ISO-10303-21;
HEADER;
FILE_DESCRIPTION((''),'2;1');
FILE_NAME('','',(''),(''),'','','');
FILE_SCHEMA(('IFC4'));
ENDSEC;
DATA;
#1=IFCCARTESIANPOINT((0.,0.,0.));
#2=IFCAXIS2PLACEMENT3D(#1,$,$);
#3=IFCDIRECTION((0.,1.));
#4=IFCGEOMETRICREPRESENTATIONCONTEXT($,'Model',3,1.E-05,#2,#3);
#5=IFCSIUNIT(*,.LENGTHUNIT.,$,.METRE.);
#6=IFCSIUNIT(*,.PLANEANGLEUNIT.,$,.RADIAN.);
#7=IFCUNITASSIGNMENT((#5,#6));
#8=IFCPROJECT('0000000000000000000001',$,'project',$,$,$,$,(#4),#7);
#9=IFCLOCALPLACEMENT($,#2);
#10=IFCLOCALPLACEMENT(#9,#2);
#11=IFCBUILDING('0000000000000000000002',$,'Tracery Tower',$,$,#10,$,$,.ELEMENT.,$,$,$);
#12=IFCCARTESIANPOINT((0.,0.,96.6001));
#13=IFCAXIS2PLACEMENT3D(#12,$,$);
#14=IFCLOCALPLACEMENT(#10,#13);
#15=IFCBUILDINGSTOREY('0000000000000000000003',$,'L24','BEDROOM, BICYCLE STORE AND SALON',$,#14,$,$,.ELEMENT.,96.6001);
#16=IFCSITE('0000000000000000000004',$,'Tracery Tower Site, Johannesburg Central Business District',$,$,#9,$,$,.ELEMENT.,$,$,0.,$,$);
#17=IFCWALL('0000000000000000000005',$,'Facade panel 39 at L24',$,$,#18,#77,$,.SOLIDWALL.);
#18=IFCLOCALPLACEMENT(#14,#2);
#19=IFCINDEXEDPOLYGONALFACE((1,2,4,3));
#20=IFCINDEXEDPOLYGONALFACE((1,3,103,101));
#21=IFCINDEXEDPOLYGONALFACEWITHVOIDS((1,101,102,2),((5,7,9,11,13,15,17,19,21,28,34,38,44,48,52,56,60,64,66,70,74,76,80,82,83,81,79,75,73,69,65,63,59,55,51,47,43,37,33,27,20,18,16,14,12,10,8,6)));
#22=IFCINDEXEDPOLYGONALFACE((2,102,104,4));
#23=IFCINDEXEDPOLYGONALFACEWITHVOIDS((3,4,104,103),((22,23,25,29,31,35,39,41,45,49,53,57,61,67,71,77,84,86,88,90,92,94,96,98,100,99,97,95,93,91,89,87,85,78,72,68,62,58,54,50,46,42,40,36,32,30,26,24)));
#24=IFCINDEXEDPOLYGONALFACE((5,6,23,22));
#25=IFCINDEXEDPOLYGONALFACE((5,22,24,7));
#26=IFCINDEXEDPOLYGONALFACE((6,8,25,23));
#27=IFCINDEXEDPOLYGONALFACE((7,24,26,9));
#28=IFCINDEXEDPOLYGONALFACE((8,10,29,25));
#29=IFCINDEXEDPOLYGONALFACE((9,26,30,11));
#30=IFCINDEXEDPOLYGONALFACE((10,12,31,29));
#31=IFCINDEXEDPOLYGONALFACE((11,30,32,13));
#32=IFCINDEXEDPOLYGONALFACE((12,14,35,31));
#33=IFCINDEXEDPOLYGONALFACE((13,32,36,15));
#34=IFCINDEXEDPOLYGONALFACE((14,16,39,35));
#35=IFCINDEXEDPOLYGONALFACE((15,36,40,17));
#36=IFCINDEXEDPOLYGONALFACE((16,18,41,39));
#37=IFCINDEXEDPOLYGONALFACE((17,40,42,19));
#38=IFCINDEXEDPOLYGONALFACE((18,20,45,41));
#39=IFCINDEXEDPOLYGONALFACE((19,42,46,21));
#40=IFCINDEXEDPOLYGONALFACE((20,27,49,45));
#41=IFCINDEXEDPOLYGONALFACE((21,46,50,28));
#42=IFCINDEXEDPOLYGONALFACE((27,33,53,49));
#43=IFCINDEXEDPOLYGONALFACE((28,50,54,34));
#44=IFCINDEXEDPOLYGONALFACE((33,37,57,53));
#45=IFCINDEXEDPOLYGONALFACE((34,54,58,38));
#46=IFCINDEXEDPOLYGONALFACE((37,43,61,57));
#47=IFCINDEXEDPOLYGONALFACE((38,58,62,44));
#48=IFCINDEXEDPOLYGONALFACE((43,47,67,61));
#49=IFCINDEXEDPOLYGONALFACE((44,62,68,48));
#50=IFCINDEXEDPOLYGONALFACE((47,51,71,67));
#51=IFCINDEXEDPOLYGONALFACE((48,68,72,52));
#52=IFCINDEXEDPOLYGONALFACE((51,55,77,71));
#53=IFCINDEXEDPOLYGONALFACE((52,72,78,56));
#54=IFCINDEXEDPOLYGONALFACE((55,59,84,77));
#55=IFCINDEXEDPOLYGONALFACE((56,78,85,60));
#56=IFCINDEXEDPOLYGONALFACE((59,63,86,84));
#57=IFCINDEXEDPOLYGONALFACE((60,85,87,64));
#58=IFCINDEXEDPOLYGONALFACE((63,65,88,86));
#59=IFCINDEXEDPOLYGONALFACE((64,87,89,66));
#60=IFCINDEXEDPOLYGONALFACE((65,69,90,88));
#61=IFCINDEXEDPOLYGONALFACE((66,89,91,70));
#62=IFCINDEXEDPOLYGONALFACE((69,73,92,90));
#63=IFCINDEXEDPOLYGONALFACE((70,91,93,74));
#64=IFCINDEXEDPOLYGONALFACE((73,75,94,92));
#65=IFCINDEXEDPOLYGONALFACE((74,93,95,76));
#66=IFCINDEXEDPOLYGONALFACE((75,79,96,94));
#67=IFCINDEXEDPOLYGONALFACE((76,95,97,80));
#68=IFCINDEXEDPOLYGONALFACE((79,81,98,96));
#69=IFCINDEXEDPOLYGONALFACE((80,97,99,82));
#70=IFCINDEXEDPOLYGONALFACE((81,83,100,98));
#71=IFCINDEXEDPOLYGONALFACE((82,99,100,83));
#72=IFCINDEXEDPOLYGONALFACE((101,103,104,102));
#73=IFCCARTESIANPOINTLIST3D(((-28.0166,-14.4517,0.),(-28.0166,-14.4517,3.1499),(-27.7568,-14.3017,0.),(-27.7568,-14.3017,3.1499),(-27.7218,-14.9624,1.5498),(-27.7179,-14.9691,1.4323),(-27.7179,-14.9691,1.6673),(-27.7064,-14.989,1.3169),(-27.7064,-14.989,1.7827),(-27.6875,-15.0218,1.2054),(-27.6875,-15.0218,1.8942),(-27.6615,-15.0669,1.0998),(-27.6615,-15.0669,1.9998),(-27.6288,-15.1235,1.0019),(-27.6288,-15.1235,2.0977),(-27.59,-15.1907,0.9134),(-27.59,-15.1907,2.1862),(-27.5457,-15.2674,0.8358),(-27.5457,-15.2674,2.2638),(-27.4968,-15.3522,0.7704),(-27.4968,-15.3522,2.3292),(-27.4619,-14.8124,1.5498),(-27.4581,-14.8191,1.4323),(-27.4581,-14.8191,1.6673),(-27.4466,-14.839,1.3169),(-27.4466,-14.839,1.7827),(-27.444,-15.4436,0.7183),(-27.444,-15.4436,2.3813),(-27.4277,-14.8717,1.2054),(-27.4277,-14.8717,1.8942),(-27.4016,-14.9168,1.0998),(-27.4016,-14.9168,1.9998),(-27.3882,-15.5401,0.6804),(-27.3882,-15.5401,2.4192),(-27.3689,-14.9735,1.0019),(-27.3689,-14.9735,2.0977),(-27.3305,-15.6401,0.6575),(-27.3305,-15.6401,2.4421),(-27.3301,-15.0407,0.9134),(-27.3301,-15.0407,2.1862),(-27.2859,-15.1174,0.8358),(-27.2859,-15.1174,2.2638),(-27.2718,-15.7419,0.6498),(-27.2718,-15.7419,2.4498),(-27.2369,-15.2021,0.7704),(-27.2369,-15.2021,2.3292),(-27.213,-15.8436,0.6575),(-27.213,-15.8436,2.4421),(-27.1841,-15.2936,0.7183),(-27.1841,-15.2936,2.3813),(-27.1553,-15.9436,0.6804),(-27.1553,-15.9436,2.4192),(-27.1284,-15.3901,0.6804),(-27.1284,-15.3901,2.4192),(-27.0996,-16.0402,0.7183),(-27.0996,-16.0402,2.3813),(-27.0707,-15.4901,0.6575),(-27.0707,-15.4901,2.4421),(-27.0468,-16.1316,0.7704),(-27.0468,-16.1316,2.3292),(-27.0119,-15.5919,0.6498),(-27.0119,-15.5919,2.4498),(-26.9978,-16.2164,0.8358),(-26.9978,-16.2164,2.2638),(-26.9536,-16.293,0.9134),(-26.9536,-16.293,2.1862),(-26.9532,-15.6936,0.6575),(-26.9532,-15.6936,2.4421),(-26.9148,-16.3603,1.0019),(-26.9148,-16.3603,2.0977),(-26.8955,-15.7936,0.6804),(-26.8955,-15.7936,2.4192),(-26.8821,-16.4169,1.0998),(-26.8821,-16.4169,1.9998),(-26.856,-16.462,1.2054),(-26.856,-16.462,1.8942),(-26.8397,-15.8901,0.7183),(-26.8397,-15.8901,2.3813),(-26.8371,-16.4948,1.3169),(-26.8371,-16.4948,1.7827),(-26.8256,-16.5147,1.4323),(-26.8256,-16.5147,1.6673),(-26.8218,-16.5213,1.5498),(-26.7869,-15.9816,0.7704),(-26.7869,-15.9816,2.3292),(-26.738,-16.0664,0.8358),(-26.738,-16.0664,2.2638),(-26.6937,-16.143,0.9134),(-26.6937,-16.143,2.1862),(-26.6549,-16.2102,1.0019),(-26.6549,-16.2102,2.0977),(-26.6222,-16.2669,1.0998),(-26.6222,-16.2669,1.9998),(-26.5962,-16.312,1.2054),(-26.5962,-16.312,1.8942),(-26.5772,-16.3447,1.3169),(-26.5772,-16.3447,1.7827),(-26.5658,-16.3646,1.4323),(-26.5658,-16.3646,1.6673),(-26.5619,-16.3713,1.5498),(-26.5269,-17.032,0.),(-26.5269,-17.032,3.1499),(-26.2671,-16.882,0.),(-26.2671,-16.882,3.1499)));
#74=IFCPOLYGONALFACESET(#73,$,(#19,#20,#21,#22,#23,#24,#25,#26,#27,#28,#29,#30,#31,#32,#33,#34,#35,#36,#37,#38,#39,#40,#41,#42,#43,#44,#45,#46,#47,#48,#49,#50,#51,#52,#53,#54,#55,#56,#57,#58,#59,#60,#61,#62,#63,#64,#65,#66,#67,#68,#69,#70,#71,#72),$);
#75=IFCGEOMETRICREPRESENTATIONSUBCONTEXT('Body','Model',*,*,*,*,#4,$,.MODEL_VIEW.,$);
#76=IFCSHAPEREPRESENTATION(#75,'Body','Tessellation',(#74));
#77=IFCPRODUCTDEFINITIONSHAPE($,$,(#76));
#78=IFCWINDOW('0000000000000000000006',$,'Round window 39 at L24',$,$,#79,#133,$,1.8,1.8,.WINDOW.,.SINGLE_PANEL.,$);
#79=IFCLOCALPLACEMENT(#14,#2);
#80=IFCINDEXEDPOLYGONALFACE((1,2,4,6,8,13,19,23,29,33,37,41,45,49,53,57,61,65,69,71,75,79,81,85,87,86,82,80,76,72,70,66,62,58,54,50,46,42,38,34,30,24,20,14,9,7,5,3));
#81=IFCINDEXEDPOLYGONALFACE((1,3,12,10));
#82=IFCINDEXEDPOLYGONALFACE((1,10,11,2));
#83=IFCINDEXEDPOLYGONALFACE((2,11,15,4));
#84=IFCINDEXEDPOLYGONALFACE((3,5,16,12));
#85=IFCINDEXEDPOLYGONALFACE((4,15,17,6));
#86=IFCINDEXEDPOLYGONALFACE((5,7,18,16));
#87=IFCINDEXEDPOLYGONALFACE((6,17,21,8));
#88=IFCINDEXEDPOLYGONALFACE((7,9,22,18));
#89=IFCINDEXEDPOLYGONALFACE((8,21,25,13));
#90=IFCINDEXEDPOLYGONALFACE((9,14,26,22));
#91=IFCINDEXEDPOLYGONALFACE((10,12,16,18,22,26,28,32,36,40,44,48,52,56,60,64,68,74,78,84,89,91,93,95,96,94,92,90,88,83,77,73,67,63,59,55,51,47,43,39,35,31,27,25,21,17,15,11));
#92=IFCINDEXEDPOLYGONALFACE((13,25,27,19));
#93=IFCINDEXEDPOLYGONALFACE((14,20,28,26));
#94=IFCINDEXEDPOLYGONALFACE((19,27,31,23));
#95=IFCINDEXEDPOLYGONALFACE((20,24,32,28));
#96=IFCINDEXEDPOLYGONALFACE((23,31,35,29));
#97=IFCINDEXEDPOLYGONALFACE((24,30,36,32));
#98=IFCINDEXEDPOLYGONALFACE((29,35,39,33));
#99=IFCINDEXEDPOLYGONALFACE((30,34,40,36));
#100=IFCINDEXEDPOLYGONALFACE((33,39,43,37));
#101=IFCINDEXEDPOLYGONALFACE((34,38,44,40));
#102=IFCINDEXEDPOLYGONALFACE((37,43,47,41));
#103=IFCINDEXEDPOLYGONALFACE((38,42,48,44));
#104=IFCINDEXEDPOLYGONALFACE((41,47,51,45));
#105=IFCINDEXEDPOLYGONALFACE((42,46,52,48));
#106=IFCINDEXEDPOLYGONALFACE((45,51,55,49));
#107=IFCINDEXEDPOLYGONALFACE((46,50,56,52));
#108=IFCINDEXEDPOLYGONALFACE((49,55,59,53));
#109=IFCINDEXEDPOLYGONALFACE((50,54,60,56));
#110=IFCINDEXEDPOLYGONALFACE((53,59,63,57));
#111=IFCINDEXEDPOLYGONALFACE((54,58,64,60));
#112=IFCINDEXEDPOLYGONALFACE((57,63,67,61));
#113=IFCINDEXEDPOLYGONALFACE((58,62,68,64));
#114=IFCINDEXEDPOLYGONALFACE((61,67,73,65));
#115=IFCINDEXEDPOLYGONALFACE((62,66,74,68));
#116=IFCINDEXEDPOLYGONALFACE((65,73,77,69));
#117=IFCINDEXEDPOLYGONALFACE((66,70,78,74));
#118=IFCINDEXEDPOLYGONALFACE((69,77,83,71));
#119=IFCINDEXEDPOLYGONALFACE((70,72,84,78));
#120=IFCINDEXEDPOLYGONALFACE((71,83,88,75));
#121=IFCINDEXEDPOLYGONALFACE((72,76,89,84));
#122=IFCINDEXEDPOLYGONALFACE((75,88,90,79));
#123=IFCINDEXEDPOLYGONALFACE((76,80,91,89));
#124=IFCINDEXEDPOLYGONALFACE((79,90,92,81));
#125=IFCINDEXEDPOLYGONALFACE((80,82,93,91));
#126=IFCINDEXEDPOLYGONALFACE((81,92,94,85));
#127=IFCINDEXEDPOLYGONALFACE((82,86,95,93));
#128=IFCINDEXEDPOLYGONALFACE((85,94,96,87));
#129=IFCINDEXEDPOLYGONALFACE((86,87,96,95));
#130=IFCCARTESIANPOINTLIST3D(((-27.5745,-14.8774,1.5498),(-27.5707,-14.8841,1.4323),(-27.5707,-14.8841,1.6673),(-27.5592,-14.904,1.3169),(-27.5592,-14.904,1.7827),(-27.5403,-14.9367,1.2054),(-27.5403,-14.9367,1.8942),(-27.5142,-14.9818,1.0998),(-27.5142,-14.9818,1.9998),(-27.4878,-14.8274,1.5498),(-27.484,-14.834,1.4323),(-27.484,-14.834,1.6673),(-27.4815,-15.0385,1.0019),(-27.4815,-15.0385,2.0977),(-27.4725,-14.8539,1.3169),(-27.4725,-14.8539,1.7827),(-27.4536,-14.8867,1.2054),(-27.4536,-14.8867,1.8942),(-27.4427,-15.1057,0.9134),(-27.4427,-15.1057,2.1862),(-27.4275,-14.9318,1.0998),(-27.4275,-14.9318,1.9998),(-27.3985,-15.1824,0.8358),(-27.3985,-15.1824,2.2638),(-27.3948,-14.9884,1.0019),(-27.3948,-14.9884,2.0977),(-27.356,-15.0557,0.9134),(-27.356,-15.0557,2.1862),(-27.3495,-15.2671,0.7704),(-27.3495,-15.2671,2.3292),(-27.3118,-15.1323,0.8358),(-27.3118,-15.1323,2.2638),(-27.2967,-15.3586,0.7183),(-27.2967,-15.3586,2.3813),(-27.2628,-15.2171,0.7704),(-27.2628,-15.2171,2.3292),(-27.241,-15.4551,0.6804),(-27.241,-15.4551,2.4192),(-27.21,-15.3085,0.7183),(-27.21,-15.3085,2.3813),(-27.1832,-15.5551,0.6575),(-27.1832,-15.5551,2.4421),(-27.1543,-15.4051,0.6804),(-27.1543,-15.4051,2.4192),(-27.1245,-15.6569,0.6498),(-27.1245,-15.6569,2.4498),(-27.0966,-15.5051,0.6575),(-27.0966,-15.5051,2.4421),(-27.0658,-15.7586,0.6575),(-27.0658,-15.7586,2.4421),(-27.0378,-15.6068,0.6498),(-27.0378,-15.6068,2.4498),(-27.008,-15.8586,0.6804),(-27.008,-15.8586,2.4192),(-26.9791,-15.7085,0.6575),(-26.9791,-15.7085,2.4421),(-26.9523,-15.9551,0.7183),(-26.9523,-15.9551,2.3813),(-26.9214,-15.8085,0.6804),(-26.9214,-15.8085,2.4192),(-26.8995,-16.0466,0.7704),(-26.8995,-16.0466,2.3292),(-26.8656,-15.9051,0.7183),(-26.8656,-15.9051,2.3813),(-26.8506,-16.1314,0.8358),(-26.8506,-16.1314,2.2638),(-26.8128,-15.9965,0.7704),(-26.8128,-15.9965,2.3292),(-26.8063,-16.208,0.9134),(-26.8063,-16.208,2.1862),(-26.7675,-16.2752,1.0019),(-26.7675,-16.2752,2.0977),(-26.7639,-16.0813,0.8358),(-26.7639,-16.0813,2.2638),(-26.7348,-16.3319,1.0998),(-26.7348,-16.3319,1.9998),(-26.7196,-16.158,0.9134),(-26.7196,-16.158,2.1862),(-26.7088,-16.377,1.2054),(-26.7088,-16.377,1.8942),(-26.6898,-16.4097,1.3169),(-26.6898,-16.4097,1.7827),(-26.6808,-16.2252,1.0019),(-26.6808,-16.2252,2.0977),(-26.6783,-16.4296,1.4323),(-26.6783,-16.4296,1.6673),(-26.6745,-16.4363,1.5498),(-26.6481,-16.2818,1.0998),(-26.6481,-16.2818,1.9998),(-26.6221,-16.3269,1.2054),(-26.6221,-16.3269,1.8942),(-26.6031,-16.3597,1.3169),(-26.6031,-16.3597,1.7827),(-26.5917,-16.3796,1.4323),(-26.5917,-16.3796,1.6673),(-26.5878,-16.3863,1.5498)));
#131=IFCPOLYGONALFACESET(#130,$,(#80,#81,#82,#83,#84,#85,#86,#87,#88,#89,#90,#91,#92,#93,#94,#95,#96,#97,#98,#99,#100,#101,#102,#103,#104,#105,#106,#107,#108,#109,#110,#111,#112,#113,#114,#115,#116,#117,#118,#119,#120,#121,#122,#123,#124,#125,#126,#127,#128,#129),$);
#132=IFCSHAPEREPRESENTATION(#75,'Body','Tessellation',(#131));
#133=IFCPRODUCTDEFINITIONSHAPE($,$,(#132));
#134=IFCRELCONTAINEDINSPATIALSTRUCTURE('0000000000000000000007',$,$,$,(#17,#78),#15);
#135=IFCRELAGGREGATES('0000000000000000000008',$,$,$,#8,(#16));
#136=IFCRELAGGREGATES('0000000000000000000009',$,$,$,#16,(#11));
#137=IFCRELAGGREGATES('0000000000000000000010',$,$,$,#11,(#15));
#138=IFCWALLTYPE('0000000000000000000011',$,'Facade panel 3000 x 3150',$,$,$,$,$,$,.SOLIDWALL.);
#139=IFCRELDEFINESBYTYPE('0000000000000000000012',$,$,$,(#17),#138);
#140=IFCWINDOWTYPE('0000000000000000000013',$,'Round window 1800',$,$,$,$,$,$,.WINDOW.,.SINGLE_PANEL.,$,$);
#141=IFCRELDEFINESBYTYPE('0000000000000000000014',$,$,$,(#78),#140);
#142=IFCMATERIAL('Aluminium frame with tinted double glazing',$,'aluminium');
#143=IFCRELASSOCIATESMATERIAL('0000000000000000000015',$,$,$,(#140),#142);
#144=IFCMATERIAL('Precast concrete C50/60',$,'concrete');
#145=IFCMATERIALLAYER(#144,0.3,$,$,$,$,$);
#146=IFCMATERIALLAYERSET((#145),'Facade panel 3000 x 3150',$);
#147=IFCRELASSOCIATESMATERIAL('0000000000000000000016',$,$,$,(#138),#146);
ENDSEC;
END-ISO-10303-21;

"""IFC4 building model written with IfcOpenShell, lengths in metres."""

from ifc_helpers import new_model, si_unit, direction, frame, frame_2d, origin, origin_2d, place, context, subcontext, project, spatial, rectangle, circle, extrude, material, layer, layer_set, type_object, element, fill, save


model = new_model("IFC4")

# Units and contexts
model_context = context("Model", 3, precision=1e-05, world=origin(), true_north=direction((0.0, 1.0)))
body_context = subcontext(model_context, "Body", "Model", "MODEL_VIEW")
ifc_project = project(units=[si_unit("LENGTHUNIT", "METRE"), si_unit("PLANEANGLEUNIT", "RADIAN")], contexts=[model_context])

# Site, building, storey
site_placement = place(None, origin())
site = spatial("IfcSite", under=ifc_project, at=site_placement, Name="Tracery Tower Site, Johannesburg Central Business District", CompositionType="ELEMENT", RefElevation=0.0)
building_placement = place(site_placement, origin())
building = spatial("IfcBuilding", under=site, at=building_placement, Name="Tracery Tower", CompositionType="ELEMENT")
storey_placement = place(building_placement, frame((0.0, 0.0, 96.6001)))
storey = spatial("IfcBuildingStorey", under=building, at=storey_placement, Name="L24", Description="BEDROOM, BICYCLE STORE AND SALON", CompositionType="ELEMENT", Elevation=96.6001)

# Wall, opening, window
ifc_material_1 = material(Name="Aluminium frame with tinted double glazing", Category="aluminium")
window_type = type_object("IfcWindowType", Name="Round window 1800", PartitioningType="SINGLE_PANEL", PredefinedType="WINDOW", material=ifc_material_1)
ifc_material_2 = material(Name="Precast concrete C50/60", Category="concrete")
ifc_layer_1 = layer(ifc_material_2, 0.3)
ifc_layer_set_1 = layer_set([ifc_layer_1], Name="Facade panel 3000 x 3150")
wall_type_1 = type_object("IfcWallType", Name="Facade panel 3000 x 3150", PredefinedType="SOLIDWALL", material=ifc_layer_set_1)
wall_1_placement = place(storey_placement, frame((-27.8867, -14.3767, 0.0), z_axis=(0.0, 0.0, 1.0), x_axis=(0.499999, -0.866026, 0.0)))
wall_1 = element("IfcWall", 1, at=wall_1_placement, inside=storey, type_object=wall_type_1, Name="Facade panel 39 at L24", PredefinedType="SOLIDWALL", context=body_context, shape_type="SweptSolid", body=[
    extrude(rectangle(XDim=2.9795, YDim=0.3, at=frame_2d((1.4897, 0.0))), origin(), (0.0, 0.0, 1.0), 3.1499),
])
opening_1_placement = place(wall_1_placement, frame((1.4897, 0.0, 1.5498)))
opening_1 = element("IfcOpeningElement", 2, at=opening_1_placement, cuts=wall_1, PredefinedType="OPENING", context=body_context, shape_type="SweptSolid", body=[
    extrude(circle(Radius=0.9, at=origin_2d()), frame((0.0, 0.1599, 0.0), z_axis=(0.0, -1.0, 0.0), x_axis=(1.0, 0.0, 0.0)), (0.0, 0.0, 1.0), 0.3201),
])
window_1_placement = place(opening_1_placement, origin())
window_1 = element("IfcWindow", 3, at=window_1_placement, inside=storey, type_object=window_type, Name="Round window 39 at L24", OverallHeight=1.8, OverallWidth=1.8, PartitioningType="SINGLE_PANEL", PredefinedType="WINDOW", context=body_context, shape_type="SweptSolid", body=[
    extrude(circle(Radius=0.9, at=origin_2d()), frame((0.0, 0.1201, 0.0), z_axis=(0.0, -1.0, 0.0), x_axis=(1.0, 0.0, 0.0)), (0.0, 0.0, 1.0), 0.1001),
])
fill(opening_1, window_1)

save(model, "model.ifc")
